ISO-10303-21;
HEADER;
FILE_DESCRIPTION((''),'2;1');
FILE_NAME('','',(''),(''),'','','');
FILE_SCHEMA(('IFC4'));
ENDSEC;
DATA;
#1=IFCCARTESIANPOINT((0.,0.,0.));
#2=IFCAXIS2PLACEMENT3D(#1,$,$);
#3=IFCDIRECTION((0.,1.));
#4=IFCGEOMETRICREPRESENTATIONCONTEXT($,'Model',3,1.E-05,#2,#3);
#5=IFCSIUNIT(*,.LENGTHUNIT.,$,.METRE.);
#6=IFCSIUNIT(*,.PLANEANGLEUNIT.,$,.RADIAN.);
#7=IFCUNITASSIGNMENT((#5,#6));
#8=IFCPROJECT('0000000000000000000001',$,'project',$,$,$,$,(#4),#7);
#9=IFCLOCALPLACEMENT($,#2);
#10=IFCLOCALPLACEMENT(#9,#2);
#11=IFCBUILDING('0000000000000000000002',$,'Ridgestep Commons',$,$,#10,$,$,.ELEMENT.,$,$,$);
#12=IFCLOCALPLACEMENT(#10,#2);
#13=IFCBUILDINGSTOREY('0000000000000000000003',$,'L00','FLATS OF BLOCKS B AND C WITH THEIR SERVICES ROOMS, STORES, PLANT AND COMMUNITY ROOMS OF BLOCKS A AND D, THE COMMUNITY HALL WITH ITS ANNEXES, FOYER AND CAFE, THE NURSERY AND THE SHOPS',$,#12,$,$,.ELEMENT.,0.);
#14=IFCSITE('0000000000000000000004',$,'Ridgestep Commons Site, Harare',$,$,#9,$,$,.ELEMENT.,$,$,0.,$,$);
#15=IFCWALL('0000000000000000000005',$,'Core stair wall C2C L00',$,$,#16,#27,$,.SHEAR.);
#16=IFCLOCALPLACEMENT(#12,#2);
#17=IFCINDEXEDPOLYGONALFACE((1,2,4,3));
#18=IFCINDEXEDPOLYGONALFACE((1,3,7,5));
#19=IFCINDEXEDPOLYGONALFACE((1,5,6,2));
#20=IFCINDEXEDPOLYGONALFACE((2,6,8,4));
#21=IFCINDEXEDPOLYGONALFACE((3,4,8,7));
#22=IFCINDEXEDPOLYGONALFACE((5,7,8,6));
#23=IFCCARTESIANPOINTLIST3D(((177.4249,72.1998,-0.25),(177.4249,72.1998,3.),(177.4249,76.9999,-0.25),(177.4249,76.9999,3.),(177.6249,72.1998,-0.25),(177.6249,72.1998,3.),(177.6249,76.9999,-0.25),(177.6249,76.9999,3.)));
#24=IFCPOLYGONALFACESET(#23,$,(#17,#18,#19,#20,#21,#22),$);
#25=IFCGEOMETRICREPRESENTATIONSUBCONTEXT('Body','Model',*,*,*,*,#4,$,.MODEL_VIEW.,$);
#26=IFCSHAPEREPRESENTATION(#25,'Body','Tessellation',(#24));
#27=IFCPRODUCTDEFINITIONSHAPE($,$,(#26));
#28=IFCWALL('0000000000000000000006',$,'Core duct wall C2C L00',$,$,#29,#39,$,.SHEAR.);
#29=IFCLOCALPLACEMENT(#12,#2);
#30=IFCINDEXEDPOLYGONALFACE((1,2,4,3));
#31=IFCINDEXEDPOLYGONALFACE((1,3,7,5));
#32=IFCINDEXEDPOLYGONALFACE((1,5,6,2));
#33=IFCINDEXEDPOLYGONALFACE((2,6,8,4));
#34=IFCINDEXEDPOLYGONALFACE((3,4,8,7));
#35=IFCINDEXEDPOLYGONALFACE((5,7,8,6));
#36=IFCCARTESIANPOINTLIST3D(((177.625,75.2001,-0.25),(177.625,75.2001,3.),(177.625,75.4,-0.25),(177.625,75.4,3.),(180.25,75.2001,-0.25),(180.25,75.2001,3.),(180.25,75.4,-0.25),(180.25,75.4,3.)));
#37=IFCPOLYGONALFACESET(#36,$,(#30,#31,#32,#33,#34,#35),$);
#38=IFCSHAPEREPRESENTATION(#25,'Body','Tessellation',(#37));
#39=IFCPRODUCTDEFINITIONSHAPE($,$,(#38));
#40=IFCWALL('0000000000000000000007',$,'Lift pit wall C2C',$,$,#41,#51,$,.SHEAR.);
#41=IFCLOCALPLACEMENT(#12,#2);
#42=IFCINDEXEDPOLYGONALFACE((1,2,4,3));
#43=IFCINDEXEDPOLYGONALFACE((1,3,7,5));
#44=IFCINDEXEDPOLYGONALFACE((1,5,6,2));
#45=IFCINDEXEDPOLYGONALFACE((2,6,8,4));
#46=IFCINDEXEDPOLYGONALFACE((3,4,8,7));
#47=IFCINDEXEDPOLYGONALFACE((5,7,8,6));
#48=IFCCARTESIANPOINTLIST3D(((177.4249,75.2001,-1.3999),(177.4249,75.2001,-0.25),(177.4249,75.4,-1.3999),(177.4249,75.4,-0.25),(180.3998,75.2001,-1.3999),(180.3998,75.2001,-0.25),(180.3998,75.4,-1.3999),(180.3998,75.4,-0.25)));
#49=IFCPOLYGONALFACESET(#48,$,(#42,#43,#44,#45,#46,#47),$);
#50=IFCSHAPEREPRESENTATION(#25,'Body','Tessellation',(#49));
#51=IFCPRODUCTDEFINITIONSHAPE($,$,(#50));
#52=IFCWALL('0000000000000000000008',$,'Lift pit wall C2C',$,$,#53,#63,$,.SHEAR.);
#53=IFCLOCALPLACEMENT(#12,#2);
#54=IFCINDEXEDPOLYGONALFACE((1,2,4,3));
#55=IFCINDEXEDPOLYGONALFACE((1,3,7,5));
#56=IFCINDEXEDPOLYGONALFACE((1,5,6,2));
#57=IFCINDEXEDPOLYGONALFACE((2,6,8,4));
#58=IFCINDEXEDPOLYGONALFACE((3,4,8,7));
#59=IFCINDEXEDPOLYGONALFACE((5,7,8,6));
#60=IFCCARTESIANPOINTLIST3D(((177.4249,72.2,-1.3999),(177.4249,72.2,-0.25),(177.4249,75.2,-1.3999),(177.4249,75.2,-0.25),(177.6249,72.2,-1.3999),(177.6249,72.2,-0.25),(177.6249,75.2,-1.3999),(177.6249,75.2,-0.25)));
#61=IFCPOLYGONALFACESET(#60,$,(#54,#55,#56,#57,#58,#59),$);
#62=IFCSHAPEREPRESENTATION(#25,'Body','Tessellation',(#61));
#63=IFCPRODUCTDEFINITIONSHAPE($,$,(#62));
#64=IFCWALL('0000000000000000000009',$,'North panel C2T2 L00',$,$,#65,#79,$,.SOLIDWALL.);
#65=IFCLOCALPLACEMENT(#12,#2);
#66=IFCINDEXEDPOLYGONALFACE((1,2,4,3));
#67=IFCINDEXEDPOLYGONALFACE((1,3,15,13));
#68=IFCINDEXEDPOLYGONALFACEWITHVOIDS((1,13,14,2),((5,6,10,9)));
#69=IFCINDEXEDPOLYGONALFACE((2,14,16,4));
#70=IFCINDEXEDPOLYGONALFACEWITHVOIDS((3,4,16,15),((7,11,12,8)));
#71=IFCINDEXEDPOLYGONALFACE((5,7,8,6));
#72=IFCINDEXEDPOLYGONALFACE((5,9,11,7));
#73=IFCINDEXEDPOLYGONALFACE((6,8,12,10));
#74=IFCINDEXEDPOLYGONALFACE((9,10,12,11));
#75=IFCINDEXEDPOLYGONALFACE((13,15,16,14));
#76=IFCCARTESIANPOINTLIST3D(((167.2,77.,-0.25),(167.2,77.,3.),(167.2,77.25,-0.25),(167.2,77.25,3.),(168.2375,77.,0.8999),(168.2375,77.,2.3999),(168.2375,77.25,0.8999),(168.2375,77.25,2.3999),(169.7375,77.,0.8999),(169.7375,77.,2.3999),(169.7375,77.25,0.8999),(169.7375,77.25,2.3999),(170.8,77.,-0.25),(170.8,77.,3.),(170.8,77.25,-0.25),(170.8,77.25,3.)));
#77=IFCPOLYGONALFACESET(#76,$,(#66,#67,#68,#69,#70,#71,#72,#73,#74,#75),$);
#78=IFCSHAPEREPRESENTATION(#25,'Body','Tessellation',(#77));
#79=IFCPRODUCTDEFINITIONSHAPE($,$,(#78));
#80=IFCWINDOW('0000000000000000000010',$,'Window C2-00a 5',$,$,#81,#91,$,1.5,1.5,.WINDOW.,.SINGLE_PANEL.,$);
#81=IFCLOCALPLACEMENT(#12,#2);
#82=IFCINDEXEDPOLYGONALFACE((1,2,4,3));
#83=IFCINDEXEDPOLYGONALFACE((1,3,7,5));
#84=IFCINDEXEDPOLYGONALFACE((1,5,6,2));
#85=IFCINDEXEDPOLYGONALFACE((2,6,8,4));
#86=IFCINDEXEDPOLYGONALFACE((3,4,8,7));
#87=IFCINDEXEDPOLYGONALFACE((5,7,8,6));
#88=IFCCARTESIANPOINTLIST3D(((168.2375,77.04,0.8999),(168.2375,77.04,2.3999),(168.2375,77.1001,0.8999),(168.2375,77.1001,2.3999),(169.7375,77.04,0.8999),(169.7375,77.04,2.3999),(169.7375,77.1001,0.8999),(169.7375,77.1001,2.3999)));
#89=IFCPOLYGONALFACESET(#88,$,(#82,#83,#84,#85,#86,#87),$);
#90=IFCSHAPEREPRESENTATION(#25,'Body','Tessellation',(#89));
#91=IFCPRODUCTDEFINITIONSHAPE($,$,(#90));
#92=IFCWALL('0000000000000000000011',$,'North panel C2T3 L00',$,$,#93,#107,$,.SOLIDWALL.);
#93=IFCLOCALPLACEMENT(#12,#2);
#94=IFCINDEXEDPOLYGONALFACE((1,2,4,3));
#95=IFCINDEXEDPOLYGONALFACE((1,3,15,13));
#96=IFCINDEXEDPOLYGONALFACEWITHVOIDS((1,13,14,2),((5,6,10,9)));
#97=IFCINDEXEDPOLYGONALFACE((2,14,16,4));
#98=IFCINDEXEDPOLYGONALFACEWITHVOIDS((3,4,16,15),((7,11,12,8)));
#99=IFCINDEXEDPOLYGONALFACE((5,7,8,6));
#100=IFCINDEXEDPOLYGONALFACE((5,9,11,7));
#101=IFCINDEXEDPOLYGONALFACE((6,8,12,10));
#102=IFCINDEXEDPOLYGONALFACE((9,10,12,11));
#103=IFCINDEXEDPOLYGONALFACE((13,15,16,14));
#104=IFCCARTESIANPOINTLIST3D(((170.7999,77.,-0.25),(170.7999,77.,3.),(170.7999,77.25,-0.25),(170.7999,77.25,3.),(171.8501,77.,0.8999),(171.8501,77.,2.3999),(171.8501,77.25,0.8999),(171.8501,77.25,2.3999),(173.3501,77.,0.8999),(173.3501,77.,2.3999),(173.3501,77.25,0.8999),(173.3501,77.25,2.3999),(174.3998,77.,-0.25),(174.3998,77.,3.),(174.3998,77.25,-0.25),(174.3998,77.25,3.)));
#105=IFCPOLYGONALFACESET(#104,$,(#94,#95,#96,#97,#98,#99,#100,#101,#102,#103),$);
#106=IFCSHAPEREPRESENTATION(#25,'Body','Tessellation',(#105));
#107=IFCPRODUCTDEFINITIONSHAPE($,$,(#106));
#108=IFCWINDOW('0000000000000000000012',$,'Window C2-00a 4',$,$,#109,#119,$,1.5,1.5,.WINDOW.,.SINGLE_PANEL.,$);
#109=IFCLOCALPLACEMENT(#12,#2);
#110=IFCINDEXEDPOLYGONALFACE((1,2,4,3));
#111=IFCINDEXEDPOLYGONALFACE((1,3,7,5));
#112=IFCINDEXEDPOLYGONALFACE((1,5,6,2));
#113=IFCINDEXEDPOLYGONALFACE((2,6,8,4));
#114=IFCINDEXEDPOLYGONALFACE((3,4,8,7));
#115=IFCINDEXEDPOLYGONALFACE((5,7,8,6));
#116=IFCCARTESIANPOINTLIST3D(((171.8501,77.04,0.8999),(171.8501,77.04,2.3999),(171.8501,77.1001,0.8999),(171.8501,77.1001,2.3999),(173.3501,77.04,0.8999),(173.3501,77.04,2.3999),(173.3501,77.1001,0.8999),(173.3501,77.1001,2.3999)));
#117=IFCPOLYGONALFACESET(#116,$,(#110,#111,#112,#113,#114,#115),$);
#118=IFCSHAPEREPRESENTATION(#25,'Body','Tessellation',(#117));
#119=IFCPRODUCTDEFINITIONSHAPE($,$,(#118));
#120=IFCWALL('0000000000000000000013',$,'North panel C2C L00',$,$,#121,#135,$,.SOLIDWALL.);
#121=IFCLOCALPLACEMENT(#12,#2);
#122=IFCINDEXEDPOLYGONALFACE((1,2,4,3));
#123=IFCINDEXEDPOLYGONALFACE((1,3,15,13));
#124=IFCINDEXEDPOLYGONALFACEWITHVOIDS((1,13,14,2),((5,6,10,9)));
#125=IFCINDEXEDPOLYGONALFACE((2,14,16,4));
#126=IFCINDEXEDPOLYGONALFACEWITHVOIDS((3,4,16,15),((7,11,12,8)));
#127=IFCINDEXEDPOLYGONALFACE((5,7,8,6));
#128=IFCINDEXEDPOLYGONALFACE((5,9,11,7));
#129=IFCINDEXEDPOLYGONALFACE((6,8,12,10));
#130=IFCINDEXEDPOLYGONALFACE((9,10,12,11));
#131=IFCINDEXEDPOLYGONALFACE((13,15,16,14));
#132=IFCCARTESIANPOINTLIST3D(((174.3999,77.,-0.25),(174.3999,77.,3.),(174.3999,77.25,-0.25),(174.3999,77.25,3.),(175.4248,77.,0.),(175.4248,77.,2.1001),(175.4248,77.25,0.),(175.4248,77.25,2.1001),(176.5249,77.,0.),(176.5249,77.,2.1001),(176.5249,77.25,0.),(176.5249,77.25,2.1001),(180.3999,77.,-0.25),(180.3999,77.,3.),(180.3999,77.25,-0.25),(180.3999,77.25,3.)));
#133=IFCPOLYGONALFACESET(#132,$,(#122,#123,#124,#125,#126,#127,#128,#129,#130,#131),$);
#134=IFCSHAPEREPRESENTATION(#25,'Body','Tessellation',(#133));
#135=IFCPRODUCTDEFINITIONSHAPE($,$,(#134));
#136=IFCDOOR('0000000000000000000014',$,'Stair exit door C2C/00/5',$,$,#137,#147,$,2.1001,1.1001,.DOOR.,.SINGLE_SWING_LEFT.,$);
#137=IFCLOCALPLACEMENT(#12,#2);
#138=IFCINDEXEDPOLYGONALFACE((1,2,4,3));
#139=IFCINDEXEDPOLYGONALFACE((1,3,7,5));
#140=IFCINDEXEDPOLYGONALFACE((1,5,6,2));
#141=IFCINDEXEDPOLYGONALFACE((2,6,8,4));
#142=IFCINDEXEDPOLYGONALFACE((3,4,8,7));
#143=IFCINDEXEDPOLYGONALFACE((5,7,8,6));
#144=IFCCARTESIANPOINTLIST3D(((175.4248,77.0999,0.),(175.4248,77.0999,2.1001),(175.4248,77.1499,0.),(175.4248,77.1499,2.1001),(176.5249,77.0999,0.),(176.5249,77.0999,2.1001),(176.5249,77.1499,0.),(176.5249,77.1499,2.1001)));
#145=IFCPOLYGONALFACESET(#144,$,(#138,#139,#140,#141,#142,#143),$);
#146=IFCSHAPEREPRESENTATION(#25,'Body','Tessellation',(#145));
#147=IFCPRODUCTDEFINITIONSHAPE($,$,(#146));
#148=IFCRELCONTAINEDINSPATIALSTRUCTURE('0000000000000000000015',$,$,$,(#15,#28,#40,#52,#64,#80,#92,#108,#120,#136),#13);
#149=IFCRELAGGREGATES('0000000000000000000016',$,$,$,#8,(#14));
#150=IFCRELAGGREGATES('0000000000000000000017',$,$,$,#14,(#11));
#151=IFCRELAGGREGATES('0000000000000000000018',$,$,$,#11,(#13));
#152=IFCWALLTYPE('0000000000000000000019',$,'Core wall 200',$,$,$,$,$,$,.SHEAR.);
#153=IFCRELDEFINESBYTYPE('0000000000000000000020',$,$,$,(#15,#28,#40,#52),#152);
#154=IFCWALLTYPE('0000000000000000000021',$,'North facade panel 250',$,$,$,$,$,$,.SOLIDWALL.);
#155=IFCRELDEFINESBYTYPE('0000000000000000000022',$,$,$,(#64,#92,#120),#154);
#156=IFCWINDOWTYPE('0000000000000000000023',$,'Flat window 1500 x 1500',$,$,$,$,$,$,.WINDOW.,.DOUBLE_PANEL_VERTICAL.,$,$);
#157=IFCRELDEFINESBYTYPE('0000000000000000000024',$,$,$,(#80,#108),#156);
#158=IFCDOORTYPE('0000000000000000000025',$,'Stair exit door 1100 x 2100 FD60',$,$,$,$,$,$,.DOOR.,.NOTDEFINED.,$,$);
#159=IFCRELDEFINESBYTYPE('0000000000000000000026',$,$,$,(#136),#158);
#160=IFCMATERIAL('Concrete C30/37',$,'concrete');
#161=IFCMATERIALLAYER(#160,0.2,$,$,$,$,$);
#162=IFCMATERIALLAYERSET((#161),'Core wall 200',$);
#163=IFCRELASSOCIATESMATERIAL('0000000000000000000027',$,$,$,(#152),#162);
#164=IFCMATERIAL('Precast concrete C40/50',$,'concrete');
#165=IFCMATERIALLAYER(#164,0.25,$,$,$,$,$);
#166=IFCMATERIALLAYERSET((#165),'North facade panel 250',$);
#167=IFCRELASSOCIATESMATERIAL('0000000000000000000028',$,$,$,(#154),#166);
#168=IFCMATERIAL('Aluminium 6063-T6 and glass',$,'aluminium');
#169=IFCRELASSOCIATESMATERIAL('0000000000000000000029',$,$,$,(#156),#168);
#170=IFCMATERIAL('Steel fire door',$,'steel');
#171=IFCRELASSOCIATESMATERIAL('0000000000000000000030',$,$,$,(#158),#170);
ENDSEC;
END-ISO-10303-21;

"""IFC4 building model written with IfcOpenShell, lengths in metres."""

from ifc_helpers import new_model, si_unit, direction, frame, frame_2d, origin, place, context, subcontext, project, spatial, rectangle, extrude, material, layer, layer_set, type_object, element, fill, save


model = new_model("IFC4")

# Units and contexts
model_context = context("Model", 3, precision=1e-05, world=origin(), true_north=direction((0.0, 1.0)))
body_context = subcontext(model_context, "Body", "Model", "MODEL_VIEW")
ifc_project = project(units=[si_unit("LENGTHUNIT", "METRE"), si_unit("PLANEANGLEUNIT", "RADIAN")], contexts=[model_context])

# Site, building, storey
site_placement = place(None, origin())
site = spatial("IfcSite", under=ifc_project, at=site_placement, Name="Ridgestep Commons Site, Harare", CompositionType="ELEMENT", RefElevation=0.0)
building_placement = place(site_placement, origin())
building = spatial("IfcBuilding", under=site, at=building_placement, Name="Ridgestep Commons", CompositionType="ELEMENT")
storey_placement = place(building_placement, origin())
storey = spatial("IfcBuildingStorey", under=building, at=storey_placement, Name="L00", Description="FLATS OF BLOCKS B AND C WITH THEIR SERVICES ROOMS, STORES, PLANT AND COMMUNITY ROOMS OF BLOCKS A AND D, THE COMMUNITY HALL WITH ITS ANNEXES, FOYER AND CAFE, THE NURSERY AND THE SHOPS", CompositionType="ELEMENT", Elevation=0.0)

# Walls
ifc_material_1 = material(Name="Concrete C30/37", Category="concrete")
ifc_layer_1 = layer(ifc_material_1, 0.2)
ifc_layer_set_1 = layer_set([ifc_layer_1], Name="Core wall 200")
wall_type_1 = type_object("IfcWallType", Name="Core wall 200", PredefinedType="SHEAR", material=ifc_layer_set_1)
wall_1_placement = place(storey_placement, frame((177.5249, 72.2, -0.25), z_axis=(0.0, 0.0, 1.0), x_axis=(0.0, 1.0, 0.0)))
element("IfcWall", 1, at=wall_1_placement, inside=storey, type_object=wall_type_1, Name="Core stair wall C2C L00", PredefinedType="SHEAR", context=body_context, shape_type="SweptSolid", body=[
    extrude(rectangle(XDim=4.8, YDim=0.2, at=frame_2d((2.3999, 0.0))), origin(), (0.0, 0.0, 1.0), 3.25),
])
wall_2_placement = place(storey_placement, frame((177.625, 75.3, -0.25), z_axis=(0.0, 0.0, 1.0), x_axis=(1.0, 0.0, 0.0)))
element("IfcWall", 2, at=wall_2_placement, inside=storey, type_object=wall_type_1, Name="Core duct wall C2C L00", PredefinedType="SHEAR", context=body_context, shape_type="SweptSolid", body=[
    extrude(rectangle(XDim=2.625, YDim=0.2, at=frame_2d((1.3125, 0.0))), origin(), (0.0, 0.0, 1.0), 3.25),
])
wall_3_placement = place(storey_placement, frame((177.425, 75.3, -1.3999), z_axis=(0.0, 0.0, 1.0), x_axis=(1.0, 0.0, 0.0)))
element("IfcWall", 3, at=wall_3_placement, inside=storey, type_object=wall_type_1, Name="Lift pit wall C2C", PredefinedType="SHEAR", context=body_context, shape_type="SweptSolid", body=[
    extrude(rectangle(XDim=2.9749, YDim=0.2, at=frame_2d((1.4873, 0.0))), origin(), (0.0, 0.0, 1.0), 1.1499),
])
wall_4_placement = place(storey_placement, frame((177.5249, 72.2, -1.3999), z_axis=(0.0, 0.0, 1.0), x_axis=(0.0, 1.0, 0.0)))
element("IfcWall", 4, at=wall_4_placement, inside=storey, type_object=wall_type_1, Name="Lift pit wall C2C", PredefinedType="SHEAR", context=body_context, shape_type="SweptSolid", body=[
    extrude(rectangle(XDim=3.0, YDim=0.2, at=frame_2d((1.5, 0.0))), origin(), (0.0, 0.0, 1.0), 1.1499),
])

# Walls, openings, windows
ifc_material_2 = material(Name="Precast concrete C40/50", Category="concrete")
ifc_layer_2 = layer(ifc_material_2, 0.25)
ifc_layer_set_2 = layer_set([ifc_layer_2], Name="North facade panel 250")
wall_type_2 = type_object("IfcWallType", Name="North facade panel 250", PredefinedType="SOLIDWALL", material=ifc_layer_set_2)
wall_5_placement = place(storey_placement, frame((167.2, 77.125, -0.25), z_axis=(0.0, 0.0, 1.0), x_axis=(1.0, 0.0, 0.0)))
wall_5 = element("IfcWall", 5, at=wall_5_placement, inside=storey, type_object=wall_type_2, Name="North panel C2T2 L00", PredefinedType="SOLIDWALL", context=body_context, shape_type="SweptSolid", body=[
    extrude(rectangle(XDim=3.6001, YDim=0.25, at=frame_2d((1.8, 0.0))), origin(), (0.0, 0.0, 1.0), 3.25),
])
opening_1_placement = place(wall_5_placement, frame((1.0376, 0.0, 1.1499)))
opening_1 = element("IfcOpeningElement", 6, at=opening_1_placement, cuts=wall_5, PredefinedType="OPENING", context=body_context, shape_type="SweptSolid", body=[
    extrude(rectangle(XDim=1.5, YDim=1.5, at=frame_2d((0.75, 0.75))), frame((0.0, 0.135, 0.0), z_axis=(0.0, -1.0, 0.0), x_axis=(1.0, 0.0, 0.0)), (0.0, 0.0, 1.0), 0.27),
])
ifc_material_3 = material(Name="Aluminium 6063-T6 and glass", Category="aluminium")
window_type = type_object("IfcWindowType", Name="Flat window 1500 x 1500", PartitioningType="DOUBLE_PANEL_VERTICAL", PredefinedType="WINDOW", material=ifc_material_3)
window_1_placement = place(opening_1_placement, origin())
window_1 = element("IfcWindow", 7, at=window_1_placement, inside=storey, type_object=window_type, Name="Window C2-00a 5", OverallHeight=1.5, OverallWidth=1.5, PartitioningType="SINGLE_PANEL", PredefinedType="WINDOW", context=body_context, shape_type="SweptSolid", body=[
    extrude(rectangle(XDim=1.5, YDim=1.5, at=frame_2d((0.75, 0.75))), frame((0.0, -0.0249, 0.0), z_axis=(0.0, -1.0, 0.0), x_axis=(1.0, 0.0, 0.0)), (0.0, 0.0, 1.0), 0.0601),
])
fill(opening_1, window_1)
wall_6_placement = place(storey_placement, frame((170.8, 77.125, -0.25), z_axis=(0.0, 0.0, 1.0), x_axis=(1.0, 0.0, 0.0)))
wall_6 = element("IfcWall", 8, at=wall_6_placement, inside=storey, type_object=wall_type_2, Name="North panel C2T3 L00", PredefinedType="SOLIDWALL", context=body_context, shape_type="SweptSolid", body=[
    extrude(rectangle(XDim=3.5999, YDim=0.25, at=frame_2d((1.7998, 0.0))), origin(), (0.0, 0.0, 1.0), 3.25),
])
opening_2_placement = place(wall_6_placement, frame((1.05, 0.0, 1.1499)))
opening_2 = element("IfcOpeningElement", 9, at=opening_2_placement, cuts=wall_6, PredefinedType="OPENING", context=body_context, shape_type="SweptSolid", body=[
    extrude(rectangle(XDim=1.5, YDim=1.5, at=frame_2d((0.75, 0.75))), frame((0.0, 0.135, 0.0), z_axis=(0.0, -1.0, 0.0), x_axis=(1.0, 0.0, 0.0)), (0.0, 0.0, 1.0), 0.27),
])
window_2_placement = place(opening_2_placement, origin())
window_2 = element("IfcWindow", 10, at=window_2_placement, inside=storey, type_object=window_type, Name="Window C2-00a 4", OverallHeight=1.5, OverallWidth=1.5, PartitioningType="SINGLE_PANEL", PredefinedType="WINDOW", context=body_context, shape_type="SweptSolid", body=[
    extrude(rectangle(XDim=1.5, YDim=1.5, at=frame_2d((0.75, 0.75))), frame((0.0, -0.0249, 0.0), z_axis=(0.0, -1.0, 0.0), x_axis=(1.0, 0.0, 0.0)), (0.0, 0.0, 1.0), 0.0601),
])
fill(opening_2, window_2)

# Wall, opening, door
wall_7_placement = place(storey_placement, frame((174.3999, 77.125, -0.25), z_axis=(0.0, 0.0, 1.0), x_axis=(1.0, 0.0, 0.0)))
wall_7 = element("IfcWall", 11, at=wall_7_placement, inside=storey, type_object=wall_type_2, Name="North panel C2C L00", PredefinedType="SOLIDWALL", context=body_context, shape_type="SweptSolid", body=[
    extrude(rectangle(XDim=6.0, YDim=0.25, at=frame_2d((3.0, 0.0))), origin(), (0.0, 0.0, 1.0), 3.25),
])
opening_3_placement = place(wall_7_placement, frame((1.0249, 0.0, 0.25)))
opening_3 = element("IfcOpeningElement", 12, at=opening_3_placement, cuts=wall_7, PredefinedType="OPENING", context=body_context, shape_type="SweptSolid", body=[
    extrude(rectangle(XDim=1.1001, YDim=2.1001, at=frame_2d((0.55, 1.05))), frame((0.0, 0.135, 0.0), z_axis=(0.0, -1.0, 0.0), x_axis=(1.0, 0.0, 0.0)), (0.0, 0.0, 1.0), 0.27),
])
ifc_material_4 = material(Name="Steel fire door", Category="steel")
door_type_1 = type_object("IfcDoorType", Name="Stair exit door 1100 x 2100 FD60", OperationType="NOTDEFINED", PredefinedType="DOOR", material=ifc_material_4)
door_1_placement = place(opening_3_placement, origin())
door_1 = element("IfcDoor", 13, at=door_1_placement, inside=storey, type_object=door_type_1, Name="Stair exit door C2C/00/5", OperationType="SINGLE_SWING_LEFT", OverallHeight=2.1001, OverallWidth=1.1001, PredefinedType="DOOR", context=body_context, shape_type="SweptSolid", body=[
    extrude(rectangle(XDim=1.1001, YDim=2.1001, at=frame_2d((0.55, 1.05))), frame((0.0, 0.0249, 0.0), z_axis=(0.0, -1.0, 0.0), x_axis=(1.0, 0.0, 0.0)), (0.0, 0.0, 1.0), 0.05),
])
fill(opening_3, door_1)

save(model, "model.ifc")
